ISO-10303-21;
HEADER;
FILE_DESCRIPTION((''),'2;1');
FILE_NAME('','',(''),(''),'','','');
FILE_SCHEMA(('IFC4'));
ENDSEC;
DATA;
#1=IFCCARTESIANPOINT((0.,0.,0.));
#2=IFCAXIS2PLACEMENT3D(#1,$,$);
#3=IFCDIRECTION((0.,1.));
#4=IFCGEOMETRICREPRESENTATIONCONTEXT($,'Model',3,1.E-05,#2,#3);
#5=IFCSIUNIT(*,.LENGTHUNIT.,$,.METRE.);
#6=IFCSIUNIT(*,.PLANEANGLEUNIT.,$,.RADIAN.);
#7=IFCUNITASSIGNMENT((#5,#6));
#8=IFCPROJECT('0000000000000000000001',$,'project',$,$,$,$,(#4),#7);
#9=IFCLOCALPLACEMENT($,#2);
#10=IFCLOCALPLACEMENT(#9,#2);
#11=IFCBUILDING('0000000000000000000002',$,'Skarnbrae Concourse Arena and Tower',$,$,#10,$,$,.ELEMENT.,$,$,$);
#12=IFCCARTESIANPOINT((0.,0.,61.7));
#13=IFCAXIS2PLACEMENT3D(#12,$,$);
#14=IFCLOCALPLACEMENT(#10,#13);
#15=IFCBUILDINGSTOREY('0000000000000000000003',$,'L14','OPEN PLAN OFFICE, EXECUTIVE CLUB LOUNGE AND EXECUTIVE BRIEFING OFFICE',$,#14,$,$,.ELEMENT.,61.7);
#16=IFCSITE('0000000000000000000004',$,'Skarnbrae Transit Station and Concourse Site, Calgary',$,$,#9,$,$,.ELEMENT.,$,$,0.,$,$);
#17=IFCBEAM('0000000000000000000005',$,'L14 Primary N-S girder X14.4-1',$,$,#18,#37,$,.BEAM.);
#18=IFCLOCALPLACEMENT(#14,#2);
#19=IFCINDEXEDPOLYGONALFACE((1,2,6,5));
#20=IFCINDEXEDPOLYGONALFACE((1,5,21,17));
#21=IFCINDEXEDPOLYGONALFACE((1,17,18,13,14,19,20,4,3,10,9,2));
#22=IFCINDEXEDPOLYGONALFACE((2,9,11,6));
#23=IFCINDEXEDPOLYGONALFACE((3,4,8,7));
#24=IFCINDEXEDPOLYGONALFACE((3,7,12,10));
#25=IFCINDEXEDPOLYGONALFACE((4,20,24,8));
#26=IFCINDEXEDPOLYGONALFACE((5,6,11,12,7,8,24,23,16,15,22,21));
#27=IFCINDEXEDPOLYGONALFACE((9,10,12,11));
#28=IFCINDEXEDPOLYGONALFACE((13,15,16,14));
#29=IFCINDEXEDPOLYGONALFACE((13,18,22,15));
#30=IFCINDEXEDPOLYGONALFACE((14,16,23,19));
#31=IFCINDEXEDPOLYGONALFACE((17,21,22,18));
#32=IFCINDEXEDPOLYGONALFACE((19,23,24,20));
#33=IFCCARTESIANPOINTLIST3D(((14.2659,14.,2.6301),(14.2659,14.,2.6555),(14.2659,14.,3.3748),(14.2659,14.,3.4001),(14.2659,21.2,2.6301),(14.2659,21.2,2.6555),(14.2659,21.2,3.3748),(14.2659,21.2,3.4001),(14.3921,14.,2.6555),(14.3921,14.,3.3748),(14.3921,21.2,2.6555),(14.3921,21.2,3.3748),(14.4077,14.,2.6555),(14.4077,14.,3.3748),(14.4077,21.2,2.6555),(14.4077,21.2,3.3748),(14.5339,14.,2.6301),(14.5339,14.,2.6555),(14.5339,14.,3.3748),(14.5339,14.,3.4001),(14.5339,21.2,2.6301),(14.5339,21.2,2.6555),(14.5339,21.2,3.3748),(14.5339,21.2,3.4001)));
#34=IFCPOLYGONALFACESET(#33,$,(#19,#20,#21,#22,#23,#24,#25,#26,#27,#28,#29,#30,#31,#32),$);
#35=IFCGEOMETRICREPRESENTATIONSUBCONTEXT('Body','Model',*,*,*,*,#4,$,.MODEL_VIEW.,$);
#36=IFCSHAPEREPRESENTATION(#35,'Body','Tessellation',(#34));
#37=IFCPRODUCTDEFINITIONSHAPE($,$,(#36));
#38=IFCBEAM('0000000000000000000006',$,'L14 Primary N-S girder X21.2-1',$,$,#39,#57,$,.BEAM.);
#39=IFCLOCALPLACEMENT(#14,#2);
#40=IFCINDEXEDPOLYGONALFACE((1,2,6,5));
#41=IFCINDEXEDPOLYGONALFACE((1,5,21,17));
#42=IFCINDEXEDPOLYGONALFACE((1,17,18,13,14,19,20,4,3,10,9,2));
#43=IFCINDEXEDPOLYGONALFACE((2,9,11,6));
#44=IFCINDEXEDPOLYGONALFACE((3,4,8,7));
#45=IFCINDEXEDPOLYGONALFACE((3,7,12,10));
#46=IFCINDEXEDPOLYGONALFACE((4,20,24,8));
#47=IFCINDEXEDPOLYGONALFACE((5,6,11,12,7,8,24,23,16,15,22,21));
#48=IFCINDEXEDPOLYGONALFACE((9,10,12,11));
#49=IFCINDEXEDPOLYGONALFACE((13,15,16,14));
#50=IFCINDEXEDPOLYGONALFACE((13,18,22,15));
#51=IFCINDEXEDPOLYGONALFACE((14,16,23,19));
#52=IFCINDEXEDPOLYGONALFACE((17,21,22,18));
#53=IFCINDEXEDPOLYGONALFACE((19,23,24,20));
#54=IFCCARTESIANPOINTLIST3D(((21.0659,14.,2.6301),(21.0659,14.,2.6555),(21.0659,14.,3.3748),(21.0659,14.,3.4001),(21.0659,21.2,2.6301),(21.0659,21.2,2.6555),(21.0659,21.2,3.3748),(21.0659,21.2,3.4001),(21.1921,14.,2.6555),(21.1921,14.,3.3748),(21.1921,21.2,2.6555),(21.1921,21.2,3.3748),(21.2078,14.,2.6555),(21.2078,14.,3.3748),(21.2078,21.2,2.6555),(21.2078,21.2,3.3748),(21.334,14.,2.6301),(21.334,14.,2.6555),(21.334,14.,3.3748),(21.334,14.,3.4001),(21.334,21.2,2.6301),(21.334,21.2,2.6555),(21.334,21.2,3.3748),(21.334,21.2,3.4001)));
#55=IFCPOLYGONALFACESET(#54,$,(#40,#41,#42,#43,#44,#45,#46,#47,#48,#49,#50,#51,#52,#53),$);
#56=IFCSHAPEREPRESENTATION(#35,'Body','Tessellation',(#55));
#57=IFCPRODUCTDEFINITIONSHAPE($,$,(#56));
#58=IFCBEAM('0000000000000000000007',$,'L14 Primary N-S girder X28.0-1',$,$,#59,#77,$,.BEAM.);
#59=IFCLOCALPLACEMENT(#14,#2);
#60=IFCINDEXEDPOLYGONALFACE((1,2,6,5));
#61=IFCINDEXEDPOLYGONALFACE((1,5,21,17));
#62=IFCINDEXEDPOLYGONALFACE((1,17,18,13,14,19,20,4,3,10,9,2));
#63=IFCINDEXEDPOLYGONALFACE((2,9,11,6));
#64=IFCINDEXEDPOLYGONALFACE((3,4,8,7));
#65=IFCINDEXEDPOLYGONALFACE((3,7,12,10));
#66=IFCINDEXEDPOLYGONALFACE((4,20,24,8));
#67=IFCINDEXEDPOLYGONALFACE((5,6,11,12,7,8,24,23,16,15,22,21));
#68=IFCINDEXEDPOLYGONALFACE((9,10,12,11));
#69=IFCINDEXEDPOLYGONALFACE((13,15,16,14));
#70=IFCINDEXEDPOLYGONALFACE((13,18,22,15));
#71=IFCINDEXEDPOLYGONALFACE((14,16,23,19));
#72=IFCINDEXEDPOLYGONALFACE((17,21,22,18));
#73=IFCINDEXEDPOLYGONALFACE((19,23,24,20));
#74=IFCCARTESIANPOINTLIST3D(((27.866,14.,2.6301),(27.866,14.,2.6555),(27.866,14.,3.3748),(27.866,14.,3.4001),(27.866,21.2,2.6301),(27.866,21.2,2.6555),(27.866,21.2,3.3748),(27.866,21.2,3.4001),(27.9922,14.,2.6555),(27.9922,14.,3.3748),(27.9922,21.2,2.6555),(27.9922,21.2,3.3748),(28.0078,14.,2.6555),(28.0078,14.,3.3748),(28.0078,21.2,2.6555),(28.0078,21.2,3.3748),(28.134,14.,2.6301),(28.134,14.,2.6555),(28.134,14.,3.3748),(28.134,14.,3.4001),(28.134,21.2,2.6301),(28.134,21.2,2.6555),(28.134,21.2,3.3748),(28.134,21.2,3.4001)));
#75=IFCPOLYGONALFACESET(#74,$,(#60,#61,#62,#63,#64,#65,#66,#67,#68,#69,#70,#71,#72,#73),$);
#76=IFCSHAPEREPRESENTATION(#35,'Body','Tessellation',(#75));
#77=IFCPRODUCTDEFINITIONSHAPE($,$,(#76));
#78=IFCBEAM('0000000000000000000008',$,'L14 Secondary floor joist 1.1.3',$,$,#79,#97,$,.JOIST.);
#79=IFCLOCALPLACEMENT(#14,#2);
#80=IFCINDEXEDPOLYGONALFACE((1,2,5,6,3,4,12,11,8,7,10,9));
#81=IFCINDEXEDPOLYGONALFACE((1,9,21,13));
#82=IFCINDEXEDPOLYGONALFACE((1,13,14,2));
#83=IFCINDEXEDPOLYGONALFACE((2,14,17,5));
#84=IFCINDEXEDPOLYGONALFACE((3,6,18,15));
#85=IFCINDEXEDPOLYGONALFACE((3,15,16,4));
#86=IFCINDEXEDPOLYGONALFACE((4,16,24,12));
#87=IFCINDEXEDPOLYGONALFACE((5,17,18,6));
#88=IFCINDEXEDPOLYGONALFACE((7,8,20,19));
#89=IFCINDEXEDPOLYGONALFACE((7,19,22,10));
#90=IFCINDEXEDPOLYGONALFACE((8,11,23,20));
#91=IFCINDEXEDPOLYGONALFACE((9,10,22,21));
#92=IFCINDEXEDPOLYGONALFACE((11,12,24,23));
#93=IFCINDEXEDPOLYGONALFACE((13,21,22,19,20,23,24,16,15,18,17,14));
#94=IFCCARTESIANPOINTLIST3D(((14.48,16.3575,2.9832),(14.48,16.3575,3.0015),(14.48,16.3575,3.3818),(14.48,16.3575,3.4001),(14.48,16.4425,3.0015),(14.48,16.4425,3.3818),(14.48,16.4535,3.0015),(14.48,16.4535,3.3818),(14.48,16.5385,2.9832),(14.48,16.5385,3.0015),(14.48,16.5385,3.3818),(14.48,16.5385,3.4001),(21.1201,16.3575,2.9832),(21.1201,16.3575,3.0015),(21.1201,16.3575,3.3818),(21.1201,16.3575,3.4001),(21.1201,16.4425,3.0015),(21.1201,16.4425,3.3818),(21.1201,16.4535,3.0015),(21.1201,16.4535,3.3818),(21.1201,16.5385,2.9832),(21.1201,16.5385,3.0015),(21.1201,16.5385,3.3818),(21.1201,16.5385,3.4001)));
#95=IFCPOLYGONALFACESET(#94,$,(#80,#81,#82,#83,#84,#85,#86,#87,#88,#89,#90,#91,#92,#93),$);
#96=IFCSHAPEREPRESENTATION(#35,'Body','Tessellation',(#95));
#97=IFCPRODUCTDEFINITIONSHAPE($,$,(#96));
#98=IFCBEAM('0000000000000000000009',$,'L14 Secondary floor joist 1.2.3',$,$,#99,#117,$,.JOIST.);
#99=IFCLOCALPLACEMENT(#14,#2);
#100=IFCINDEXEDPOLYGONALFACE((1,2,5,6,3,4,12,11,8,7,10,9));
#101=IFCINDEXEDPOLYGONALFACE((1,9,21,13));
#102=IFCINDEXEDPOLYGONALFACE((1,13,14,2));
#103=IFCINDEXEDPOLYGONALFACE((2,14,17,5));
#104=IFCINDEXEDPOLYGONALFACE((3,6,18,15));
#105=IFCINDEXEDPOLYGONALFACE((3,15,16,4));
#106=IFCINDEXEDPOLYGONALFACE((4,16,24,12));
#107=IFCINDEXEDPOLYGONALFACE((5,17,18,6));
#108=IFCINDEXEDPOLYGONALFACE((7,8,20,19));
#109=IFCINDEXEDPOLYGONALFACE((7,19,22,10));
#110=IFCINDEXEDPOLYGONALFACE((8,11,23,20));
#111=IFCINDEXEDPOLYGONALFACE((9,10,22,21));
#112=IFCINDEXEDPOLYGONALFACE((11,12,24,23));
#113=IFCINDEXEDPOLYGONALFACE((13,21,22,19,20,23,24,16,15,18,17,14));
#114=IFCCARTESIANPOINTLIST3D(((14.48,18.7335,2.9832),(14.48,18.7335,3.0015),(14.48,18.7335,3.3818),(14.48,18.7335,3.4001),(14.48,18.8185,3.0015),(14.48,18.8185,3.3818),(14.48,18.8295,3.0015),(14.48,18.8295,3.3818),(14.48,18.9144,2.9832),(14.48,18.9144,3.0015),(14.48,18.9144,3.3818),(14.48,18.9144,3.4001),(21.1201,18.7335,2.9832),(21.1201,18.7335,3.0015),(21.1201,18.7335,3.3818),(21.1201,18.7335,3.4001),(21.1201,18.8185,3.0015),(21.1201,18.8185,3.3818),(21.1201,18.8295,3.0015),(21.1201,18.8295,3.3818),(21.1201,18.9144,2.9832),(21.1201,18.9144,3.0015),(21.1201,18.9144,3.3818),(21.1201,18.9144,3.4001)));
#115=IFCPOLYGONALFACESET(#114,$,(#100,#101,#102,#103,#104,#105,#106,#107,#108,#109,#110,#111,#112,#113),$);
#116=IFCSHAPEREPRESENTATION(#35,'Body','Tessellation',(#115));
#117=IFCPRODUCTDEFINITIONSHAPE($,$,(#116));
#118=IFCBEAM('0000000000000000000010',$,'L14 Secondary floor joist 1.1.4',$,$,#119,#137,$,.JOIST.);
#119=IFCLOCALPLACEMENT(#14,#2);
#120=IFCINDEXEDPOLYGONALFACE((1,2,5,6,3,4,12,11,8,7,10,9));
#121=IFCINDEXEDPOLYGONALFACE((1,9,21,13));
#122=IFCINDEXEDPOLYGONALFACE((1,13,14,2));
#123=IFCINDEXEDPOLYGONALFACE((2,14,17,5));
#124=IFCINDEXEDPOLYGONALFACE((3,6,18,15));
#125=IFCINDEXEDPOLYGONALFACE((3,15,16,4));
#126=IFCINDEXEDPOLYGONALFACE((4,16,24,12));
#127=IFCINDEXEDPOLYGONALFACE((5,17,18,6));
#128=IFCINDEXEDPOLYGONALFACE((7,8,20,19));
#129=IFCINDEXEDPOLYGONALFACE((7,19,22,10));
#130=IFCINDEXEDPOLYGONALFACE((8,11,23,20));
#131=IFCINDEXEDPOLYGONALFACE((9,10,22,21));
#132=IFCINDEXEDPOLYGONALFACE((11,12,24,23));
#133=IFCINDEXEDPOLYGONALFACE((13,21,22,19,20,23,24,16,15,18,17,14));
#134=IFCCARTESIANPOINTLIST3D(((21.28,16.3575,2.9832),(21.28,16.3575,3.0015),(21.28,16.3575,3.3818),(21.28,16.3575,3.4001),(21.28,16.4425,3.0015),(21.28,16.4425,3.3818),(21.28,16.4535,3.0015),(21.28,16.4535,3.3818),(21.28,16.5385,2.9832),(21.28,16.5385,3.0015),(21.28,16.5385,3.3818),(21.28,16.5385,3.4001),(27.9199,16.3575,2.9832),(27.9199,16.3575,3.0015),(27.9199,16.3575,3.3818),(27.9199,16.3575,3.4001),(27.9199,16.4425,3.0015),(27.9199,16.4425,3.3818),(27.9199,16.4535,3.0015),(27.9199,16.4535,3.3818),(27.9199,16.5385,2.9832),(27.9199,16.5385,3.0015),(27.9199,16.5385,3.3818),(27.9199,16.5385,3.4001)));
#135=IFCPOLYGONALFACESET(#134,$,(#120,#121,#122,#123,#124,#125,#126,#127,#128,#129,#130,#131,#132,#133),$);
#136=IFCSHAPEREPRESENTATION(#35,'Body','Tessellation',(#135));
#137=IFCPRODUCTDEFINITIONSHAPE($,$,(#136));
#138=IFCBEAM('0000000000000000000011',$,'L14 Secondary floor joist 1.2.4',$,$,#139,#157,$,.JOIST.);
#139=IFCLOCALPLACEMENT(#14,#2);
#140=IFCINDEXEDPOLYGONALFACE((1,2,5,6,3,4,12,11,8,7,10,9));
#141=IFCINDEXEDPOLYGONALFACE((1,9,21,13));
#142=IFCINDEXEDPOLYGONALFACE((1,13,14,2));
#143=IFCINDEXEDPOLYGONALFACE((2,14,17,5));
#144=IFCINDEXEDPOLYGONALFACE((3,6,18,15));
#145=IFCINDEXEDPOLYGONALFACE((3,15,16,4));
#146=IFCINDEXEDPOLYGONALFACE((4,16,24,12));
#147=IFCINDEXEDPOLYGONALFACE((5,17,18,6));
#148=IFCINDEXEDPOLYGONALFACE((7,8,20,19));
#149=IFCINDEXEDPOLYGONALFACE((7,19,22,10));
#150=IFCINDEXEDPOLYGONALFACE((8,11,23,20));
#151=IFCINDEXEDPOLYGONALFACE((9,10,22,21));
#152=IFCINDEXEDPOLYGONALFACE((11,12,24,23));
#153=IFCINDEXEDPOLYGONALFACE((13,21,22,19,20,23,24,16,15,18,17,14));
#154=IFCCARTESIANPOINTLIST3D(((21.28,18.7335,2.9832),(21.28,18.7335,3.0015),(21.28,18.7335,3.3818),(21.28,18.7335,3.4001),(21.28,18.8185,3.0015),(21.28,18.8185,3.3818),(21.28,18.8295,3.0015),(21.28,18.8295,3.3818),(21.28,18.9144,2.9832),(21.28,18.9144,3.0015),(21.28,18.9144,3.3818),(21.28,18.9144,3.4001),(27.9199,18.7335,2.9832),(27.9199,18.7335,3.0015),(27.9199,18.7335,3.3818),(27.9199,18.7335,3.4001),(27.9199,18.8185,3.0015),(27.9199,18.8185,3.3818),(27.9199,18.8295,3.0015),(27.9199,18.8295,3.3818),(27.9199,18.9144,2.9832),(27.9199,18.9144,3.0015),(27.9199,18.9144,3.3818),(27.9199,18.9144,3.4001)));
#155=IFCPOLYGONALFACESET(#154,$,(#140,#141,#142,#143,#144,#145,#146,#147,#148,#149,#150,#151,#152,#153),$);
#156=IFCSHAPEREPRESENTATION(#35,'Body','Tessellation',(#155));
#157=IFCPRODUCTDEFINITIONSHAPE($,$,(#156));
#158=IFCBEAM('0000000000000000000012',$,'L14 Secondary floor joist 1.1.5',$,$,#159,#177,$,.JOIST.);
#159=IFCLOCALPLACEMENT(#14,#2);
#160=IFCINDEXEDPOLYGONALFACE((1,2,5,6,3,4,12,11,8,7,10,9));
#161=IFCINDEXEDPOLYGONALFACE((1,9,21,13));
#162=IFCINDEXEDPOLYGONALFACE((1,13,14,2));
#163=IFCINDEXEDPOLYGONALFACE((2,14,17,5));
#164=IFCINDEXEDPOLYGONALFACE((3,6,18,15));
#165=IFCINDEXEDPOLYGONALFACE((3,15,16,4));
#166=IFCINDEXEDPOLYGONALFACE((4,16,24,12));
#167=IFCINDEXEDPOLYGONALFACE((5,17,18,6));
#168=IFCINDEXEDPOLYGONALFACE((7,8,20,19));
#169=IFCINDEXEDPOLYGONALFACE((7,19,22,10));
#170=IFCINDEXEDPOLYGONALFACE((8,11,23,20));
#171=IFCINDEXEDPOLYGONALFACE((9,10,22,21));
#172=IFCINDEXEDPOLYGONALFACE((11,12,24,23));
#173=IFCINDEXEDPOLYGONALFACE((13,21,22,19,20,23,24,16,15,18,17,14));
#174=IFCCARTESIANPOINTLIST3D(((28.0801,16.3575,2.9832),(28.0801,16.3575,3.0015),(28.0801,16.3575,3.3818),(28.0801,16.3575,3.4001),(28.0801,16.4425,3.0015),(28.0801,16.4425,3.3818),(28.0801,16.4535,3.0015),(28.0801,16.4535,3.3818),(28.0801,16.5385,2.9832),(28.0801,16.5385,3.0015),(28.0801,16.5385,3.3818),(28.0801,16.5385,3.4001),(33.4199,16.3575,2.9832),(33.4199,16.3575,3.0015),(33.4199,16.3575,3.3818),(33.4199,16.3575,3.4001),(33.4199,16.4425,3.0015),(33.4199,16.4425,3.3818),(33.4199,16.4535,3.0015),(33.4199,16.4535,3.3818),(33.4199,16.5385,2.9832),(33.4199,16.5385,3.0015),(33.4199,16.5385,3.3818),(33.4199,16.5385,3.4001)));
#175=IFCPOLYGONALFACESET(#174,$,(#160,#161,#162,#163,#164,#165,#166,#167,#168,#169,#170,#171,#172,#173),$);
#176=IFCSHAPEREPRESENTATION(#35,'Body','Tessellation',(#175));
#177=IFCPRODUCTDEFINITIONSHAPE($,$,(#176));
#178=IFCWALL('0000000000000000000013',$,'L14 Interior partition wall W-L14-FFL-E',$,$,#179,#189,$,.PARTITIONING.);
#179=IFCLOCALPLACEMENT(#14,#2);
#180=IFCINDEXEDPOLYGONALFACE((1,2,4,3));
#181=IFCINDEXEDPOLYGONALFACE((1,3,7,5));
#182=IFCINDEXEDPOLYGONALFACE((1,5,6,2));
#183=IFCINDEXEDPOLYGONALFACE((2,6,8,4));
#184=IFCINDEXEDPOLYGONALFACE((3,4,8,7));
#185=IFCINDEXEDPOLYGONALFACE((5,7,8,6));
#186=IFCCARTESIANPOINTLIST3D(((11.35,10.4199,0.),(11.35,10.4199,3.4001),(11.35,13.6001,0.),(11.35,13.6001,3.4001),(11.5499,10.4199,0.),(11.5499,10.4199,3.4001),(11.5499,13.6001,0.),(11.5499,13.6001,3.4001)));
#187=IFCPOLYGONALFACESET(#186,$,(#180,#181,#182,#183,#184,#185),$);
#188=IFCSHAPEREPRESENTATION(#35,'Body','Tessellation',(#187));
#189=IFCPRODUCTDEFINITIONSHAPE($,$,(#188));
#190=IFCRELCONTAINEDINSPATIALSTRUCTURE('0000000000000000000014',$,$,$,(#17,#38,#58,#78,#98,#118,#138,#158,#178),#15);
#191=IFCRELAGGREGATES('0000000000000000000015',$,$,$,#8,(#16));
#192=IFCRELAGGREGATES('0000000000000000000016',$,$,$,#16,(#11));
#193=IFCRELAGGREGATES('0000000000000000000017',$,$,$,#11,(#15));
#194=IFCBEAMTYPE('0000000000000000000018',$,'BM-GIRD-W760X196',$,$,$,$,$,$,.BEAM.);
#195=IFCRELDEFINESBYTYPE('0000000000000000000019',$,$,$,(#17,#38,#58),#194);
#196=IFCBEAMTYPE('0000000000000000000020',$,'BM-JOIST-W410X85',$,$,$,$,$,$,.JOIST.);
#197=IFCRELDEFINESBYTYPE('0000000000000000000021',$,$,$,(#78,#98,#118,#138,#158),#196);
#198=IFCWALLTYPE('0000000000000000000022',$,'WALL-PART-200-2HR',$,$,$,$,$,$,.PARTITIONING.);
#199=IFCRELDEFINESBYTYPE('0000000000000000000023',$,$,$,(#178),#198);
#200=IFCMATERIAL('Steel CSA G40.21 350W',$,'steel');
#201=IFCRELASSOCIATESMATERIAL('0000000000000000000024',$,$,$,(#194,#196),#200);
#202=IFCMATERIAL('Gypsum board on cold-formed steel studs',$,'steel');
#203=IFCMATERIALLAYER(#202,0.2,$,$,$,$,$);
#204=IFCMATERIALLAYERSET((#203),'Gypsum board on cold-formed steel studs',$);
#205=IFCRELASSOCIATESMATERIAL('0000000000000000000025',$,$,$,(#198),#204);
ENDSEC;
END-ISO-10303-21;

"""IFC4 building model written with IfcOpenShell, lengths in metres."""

from ifc_helpers import new_model, si_unit, direction, frame, frame_2d, origin, origin_2d, place, context, subcontext, project, spatial, rectangle, i_section, extrude, source, transform, mapped, material, layer, layer_set, material_profile, profile_set, type_object, element, save


model = new_model("IFC4")

# Units and contexts
model_context = context("Model", 3, precision=1e-05, world=origin(), true_north=direction((0.0, 1.0)))
body_context = subcontext(model_context, "Body", "Model", "MODEL_VIEW")
ifc_project = project(units=[si_unit("LENGTHUNIT", "METRE"), si_unit("PLANEANGLEUNIT", "RADIAN")], contexts=[model_context])

# Site, building, storey
site_placement = place(None, origin())
site = spatial("IfcSite", under=ifc_project, at=site_placement, Name="Skarnbrae Transit Station and Concourse Site, Calgary", CompositionType="ELEMENT", RefElevation=0.0)
building_placement = place(site_placement, origin())
building = spatial("IfcBuilding", under=site, at=building_placement, Name="Skarnbrae Concourse Arena and Tower", CompositionType="ELEMENT")
storey_placement = place(building_placement, frame((0.0, 0.0, 61.7)))
storey = spatial("IfcBuildingStorey", under=building, at=storey_placement, Name="L14", Description="OPEN PLAN OFFICE, EXECUTIVE CLUB LOUNGE AND EXECUTIVE BRIEFING OFFICE", CompositionType="ELEMENT", Elevation=61.7)

# Shared definitions
ifc_material_1 = material(Name="Steel CSA G40.21 350W", Category="steel")

# Beams
ifc_material_profile_1 = material_profile(ifc_material_1, i_section(OverallWidth=0.2681, OverallDepth=0.77, WebThickness=0.0156, FlangeThickness=0.0254, at=origin_2d()), Name="W760X196")
ifc_profile_set_1 = profile_set([ifc_material_profile_1], Name="Steel CSA G40.21 350W")
beam_type_1 = type_object("IfcBeamType", Name="BM-GIRD-W760X196", PredefinedType="BEAM", material=ifc_profile_set_1)
shared_shape_1 = source(origin(), body_context, "Body", "SweptSolid", [
    extrude(i_section(OverallWidth=0.2681, OverallDepth=0.77, WebThickness=0.0156, FlangeThickness=0.0254, at=origin_2d()), origin(), (0.0, 0.0, 1.0), 7.2),
])
for number, where, z_axis, x_axis, name in (
    (1, (14.3999, 14.0, 3.0151), (0.0, 1.0, 0.0), (-1.0, 0.0, 0.0), "L14 Primary N-S girder X14.4-1"),
    (2, (21.2, 14.0, 3.0151), (0.0, 1.0, 0.0), (-1.0, 0.0, 0.0), "L14 Primary N-S girder X21.2-1"),
    (3, (28.0, 14.0, 3.0151), (0.0, 1.0, 0.0), (-1.0, 0.0, 0.0), "L14 Primary N-S girder X28.0-1"),
):
    element("IfcBeam", number, at=place(storey_placement, frame(where, z_axis=z_axis, x_axis=x_axis)), inside=storey, type_object=beam_type_1, Name=name, PredefinedType="BEAM", context=body_context, shape_type="MappedRepresentation", body=[
        mapped(shared_shape_1, transform((0.0, 0.0, 0.0))),
    ])
ifc_material_profile_2 = material_profile(ifc_material_1, i_section(OverallWidth=0.1809, OverallDepth=0.417, WebThickness=0.011, FlangeThickness=0.0183, at=origin_2d()), Name="W410X85")
ifc_profile_set_2 = profile_set([ifc_material_profile_2], Name="Steel CSA G40.21 350W")
beam_type_2 = type_object("IfcBeamType", Name="BM-JOIST-W410X85", PredefinedType="JOIST", material=ifc_profile_set_2)
shared_shape_2 = source(origin(), body_context, "Body", "SweptSolid", [
    extrude(i_section(OverallWidth=0.1809, OverallDepth=0.417, WebThickness=0.011, FlangeThickness=0.0183, at=origin_2d()), origin(), (0.0, 0.0, 1.0), 6.6401),
])
for number, where, z_axis, x_axis, name in (
    (4, (14.48, 16.448, 3.1917), (1.0, 0.0, 0.0), (0.0, 1.0, 0.0), "L14 Secondary floor joist 1.1.3"),
    (5, (14.48, 18.824, 3.1917), (1.0, 0.0, 0.0), (0.0, 1.0, 0.0), "L14 Secondary floor joist 1.2.3"),
):
    element("IfcBeam", number, at=place(storey_placement, frame(where, z_axis=z_axis, x_axis=x_axis)), inside=storey, type_object=beam_type_2, Name=name, PredefinedType="JOIST", context=body_context, shape_type="MappedRepresentation", body=[
        mapped(shared_shape_2, transform((0.0, 0.0, 0.0))),
    ])
shared_shape_3 = source(origin(), body_context, "Body", "SweptSolid", [
    extrude(i_section(OverallWidth=0.1809, OverallDepth=0.417, WebThickness=0.011, FlangeThickness=0.0183, at=origin_2d()), origin(), (0.0, 0.0, 1.0), 6.6399),
])
for number, where, z_axis, x_axis, name in (
    (6, (21.28, 16.448, 3.1917), (1.0, 0.0, 0.0), (0.0, 1.0, 0.0), "L14 Secondary floor joist 1.1.4"),
    (7, (21.28, 18.824, 3.1917), (1.0, 0.0, 0.0), (0.0, 1.0, 0.0), "L14 Secondary floor joist 1.2.4"),
):
    element("IfcBeam", number, at=place(storey_placement, frame(where, z_axis=z_axis, x_axis=x_axis)), inside=storey, type_object=beam_type_2, Name=name, PredefinedType="JOIST", context=body_context, shape_type="MappedRepresentation", body=[
        mapped(shared_shape_3, transform((0.0, 0.0, 0.0))),
    ])
shared_shape_4 = source(origin(), body_context, "Body", "SweptSolid", [
    extrude(i_section(OverallWidth=0.1809, OverallDepth=0.417, WebThickness=0.011, FlangeThickness=0.0183, at=origin_2d()), origin(), (0.0, 0.0, 1.0), 5.3398),
])
beam_1_placement = place(storey_placement, frame((28.0801, 16.448, 3.1917), z_axis=(1.0, 0.0, 0.0), x_axis=(0.0, 1.0, 0.0)))
element("IfcBeam", 8, at=beam_1_placement, inside=storey, type_object=beam_type_2, Name="L14 Secondary floor joist 1.1.5", PredefinedType="JOIST", context=body_context, shape_type="MappedRepresentation", body=[
    mapped(shared_shape_4, transform((0.0, 0.0, 0.0))),
])

# Wall
ifc_material_2 = material(Name="Gypsum board on cold-formed steel studs", Category="steel")
ifc_layer_1 = layer(ifc_material_2, 0.2)
ifc_layer_set_1 = layer_set([ifc_layer_1], Name="Gypsum board on cold-formed steel studs")
wall_type_1 = type_object("IfcWallType", Name="WALL-PART-200-2HR", PredefinedType="PARTITIONING", material=ifc_layer_set_1)
shared_shape_5 = source(origin(), body_context, "Body", "SweptSolid", [
    extrude(rectangle(XDim=3.1802, YDim=0.2, at=frame_2d((1.5901, 0.0))), origin(), (0.0, 0.0, 1.0), 3.4001),
])
wall_1_placement = place(storey_placement, frame((11.45, 10.4199, 0.0), z_axis=(0.0, 0.0, 1.0), x_axis=(0.0, 1.0, 0.0)))
element("IfcWall", 9, at=wall_1_placement, inside=storey, type_object=wall_type_1, Name="L14 Interior partition wall W-L14-FFL-E", PredefinedType="PARTITIONING", context=body_context, shape_type="MappedRepresentation", body=[
    mapped(shared_shape_5, transform((0.0, 0.0, 0.0))),
])

save(model, "model.ifc")
